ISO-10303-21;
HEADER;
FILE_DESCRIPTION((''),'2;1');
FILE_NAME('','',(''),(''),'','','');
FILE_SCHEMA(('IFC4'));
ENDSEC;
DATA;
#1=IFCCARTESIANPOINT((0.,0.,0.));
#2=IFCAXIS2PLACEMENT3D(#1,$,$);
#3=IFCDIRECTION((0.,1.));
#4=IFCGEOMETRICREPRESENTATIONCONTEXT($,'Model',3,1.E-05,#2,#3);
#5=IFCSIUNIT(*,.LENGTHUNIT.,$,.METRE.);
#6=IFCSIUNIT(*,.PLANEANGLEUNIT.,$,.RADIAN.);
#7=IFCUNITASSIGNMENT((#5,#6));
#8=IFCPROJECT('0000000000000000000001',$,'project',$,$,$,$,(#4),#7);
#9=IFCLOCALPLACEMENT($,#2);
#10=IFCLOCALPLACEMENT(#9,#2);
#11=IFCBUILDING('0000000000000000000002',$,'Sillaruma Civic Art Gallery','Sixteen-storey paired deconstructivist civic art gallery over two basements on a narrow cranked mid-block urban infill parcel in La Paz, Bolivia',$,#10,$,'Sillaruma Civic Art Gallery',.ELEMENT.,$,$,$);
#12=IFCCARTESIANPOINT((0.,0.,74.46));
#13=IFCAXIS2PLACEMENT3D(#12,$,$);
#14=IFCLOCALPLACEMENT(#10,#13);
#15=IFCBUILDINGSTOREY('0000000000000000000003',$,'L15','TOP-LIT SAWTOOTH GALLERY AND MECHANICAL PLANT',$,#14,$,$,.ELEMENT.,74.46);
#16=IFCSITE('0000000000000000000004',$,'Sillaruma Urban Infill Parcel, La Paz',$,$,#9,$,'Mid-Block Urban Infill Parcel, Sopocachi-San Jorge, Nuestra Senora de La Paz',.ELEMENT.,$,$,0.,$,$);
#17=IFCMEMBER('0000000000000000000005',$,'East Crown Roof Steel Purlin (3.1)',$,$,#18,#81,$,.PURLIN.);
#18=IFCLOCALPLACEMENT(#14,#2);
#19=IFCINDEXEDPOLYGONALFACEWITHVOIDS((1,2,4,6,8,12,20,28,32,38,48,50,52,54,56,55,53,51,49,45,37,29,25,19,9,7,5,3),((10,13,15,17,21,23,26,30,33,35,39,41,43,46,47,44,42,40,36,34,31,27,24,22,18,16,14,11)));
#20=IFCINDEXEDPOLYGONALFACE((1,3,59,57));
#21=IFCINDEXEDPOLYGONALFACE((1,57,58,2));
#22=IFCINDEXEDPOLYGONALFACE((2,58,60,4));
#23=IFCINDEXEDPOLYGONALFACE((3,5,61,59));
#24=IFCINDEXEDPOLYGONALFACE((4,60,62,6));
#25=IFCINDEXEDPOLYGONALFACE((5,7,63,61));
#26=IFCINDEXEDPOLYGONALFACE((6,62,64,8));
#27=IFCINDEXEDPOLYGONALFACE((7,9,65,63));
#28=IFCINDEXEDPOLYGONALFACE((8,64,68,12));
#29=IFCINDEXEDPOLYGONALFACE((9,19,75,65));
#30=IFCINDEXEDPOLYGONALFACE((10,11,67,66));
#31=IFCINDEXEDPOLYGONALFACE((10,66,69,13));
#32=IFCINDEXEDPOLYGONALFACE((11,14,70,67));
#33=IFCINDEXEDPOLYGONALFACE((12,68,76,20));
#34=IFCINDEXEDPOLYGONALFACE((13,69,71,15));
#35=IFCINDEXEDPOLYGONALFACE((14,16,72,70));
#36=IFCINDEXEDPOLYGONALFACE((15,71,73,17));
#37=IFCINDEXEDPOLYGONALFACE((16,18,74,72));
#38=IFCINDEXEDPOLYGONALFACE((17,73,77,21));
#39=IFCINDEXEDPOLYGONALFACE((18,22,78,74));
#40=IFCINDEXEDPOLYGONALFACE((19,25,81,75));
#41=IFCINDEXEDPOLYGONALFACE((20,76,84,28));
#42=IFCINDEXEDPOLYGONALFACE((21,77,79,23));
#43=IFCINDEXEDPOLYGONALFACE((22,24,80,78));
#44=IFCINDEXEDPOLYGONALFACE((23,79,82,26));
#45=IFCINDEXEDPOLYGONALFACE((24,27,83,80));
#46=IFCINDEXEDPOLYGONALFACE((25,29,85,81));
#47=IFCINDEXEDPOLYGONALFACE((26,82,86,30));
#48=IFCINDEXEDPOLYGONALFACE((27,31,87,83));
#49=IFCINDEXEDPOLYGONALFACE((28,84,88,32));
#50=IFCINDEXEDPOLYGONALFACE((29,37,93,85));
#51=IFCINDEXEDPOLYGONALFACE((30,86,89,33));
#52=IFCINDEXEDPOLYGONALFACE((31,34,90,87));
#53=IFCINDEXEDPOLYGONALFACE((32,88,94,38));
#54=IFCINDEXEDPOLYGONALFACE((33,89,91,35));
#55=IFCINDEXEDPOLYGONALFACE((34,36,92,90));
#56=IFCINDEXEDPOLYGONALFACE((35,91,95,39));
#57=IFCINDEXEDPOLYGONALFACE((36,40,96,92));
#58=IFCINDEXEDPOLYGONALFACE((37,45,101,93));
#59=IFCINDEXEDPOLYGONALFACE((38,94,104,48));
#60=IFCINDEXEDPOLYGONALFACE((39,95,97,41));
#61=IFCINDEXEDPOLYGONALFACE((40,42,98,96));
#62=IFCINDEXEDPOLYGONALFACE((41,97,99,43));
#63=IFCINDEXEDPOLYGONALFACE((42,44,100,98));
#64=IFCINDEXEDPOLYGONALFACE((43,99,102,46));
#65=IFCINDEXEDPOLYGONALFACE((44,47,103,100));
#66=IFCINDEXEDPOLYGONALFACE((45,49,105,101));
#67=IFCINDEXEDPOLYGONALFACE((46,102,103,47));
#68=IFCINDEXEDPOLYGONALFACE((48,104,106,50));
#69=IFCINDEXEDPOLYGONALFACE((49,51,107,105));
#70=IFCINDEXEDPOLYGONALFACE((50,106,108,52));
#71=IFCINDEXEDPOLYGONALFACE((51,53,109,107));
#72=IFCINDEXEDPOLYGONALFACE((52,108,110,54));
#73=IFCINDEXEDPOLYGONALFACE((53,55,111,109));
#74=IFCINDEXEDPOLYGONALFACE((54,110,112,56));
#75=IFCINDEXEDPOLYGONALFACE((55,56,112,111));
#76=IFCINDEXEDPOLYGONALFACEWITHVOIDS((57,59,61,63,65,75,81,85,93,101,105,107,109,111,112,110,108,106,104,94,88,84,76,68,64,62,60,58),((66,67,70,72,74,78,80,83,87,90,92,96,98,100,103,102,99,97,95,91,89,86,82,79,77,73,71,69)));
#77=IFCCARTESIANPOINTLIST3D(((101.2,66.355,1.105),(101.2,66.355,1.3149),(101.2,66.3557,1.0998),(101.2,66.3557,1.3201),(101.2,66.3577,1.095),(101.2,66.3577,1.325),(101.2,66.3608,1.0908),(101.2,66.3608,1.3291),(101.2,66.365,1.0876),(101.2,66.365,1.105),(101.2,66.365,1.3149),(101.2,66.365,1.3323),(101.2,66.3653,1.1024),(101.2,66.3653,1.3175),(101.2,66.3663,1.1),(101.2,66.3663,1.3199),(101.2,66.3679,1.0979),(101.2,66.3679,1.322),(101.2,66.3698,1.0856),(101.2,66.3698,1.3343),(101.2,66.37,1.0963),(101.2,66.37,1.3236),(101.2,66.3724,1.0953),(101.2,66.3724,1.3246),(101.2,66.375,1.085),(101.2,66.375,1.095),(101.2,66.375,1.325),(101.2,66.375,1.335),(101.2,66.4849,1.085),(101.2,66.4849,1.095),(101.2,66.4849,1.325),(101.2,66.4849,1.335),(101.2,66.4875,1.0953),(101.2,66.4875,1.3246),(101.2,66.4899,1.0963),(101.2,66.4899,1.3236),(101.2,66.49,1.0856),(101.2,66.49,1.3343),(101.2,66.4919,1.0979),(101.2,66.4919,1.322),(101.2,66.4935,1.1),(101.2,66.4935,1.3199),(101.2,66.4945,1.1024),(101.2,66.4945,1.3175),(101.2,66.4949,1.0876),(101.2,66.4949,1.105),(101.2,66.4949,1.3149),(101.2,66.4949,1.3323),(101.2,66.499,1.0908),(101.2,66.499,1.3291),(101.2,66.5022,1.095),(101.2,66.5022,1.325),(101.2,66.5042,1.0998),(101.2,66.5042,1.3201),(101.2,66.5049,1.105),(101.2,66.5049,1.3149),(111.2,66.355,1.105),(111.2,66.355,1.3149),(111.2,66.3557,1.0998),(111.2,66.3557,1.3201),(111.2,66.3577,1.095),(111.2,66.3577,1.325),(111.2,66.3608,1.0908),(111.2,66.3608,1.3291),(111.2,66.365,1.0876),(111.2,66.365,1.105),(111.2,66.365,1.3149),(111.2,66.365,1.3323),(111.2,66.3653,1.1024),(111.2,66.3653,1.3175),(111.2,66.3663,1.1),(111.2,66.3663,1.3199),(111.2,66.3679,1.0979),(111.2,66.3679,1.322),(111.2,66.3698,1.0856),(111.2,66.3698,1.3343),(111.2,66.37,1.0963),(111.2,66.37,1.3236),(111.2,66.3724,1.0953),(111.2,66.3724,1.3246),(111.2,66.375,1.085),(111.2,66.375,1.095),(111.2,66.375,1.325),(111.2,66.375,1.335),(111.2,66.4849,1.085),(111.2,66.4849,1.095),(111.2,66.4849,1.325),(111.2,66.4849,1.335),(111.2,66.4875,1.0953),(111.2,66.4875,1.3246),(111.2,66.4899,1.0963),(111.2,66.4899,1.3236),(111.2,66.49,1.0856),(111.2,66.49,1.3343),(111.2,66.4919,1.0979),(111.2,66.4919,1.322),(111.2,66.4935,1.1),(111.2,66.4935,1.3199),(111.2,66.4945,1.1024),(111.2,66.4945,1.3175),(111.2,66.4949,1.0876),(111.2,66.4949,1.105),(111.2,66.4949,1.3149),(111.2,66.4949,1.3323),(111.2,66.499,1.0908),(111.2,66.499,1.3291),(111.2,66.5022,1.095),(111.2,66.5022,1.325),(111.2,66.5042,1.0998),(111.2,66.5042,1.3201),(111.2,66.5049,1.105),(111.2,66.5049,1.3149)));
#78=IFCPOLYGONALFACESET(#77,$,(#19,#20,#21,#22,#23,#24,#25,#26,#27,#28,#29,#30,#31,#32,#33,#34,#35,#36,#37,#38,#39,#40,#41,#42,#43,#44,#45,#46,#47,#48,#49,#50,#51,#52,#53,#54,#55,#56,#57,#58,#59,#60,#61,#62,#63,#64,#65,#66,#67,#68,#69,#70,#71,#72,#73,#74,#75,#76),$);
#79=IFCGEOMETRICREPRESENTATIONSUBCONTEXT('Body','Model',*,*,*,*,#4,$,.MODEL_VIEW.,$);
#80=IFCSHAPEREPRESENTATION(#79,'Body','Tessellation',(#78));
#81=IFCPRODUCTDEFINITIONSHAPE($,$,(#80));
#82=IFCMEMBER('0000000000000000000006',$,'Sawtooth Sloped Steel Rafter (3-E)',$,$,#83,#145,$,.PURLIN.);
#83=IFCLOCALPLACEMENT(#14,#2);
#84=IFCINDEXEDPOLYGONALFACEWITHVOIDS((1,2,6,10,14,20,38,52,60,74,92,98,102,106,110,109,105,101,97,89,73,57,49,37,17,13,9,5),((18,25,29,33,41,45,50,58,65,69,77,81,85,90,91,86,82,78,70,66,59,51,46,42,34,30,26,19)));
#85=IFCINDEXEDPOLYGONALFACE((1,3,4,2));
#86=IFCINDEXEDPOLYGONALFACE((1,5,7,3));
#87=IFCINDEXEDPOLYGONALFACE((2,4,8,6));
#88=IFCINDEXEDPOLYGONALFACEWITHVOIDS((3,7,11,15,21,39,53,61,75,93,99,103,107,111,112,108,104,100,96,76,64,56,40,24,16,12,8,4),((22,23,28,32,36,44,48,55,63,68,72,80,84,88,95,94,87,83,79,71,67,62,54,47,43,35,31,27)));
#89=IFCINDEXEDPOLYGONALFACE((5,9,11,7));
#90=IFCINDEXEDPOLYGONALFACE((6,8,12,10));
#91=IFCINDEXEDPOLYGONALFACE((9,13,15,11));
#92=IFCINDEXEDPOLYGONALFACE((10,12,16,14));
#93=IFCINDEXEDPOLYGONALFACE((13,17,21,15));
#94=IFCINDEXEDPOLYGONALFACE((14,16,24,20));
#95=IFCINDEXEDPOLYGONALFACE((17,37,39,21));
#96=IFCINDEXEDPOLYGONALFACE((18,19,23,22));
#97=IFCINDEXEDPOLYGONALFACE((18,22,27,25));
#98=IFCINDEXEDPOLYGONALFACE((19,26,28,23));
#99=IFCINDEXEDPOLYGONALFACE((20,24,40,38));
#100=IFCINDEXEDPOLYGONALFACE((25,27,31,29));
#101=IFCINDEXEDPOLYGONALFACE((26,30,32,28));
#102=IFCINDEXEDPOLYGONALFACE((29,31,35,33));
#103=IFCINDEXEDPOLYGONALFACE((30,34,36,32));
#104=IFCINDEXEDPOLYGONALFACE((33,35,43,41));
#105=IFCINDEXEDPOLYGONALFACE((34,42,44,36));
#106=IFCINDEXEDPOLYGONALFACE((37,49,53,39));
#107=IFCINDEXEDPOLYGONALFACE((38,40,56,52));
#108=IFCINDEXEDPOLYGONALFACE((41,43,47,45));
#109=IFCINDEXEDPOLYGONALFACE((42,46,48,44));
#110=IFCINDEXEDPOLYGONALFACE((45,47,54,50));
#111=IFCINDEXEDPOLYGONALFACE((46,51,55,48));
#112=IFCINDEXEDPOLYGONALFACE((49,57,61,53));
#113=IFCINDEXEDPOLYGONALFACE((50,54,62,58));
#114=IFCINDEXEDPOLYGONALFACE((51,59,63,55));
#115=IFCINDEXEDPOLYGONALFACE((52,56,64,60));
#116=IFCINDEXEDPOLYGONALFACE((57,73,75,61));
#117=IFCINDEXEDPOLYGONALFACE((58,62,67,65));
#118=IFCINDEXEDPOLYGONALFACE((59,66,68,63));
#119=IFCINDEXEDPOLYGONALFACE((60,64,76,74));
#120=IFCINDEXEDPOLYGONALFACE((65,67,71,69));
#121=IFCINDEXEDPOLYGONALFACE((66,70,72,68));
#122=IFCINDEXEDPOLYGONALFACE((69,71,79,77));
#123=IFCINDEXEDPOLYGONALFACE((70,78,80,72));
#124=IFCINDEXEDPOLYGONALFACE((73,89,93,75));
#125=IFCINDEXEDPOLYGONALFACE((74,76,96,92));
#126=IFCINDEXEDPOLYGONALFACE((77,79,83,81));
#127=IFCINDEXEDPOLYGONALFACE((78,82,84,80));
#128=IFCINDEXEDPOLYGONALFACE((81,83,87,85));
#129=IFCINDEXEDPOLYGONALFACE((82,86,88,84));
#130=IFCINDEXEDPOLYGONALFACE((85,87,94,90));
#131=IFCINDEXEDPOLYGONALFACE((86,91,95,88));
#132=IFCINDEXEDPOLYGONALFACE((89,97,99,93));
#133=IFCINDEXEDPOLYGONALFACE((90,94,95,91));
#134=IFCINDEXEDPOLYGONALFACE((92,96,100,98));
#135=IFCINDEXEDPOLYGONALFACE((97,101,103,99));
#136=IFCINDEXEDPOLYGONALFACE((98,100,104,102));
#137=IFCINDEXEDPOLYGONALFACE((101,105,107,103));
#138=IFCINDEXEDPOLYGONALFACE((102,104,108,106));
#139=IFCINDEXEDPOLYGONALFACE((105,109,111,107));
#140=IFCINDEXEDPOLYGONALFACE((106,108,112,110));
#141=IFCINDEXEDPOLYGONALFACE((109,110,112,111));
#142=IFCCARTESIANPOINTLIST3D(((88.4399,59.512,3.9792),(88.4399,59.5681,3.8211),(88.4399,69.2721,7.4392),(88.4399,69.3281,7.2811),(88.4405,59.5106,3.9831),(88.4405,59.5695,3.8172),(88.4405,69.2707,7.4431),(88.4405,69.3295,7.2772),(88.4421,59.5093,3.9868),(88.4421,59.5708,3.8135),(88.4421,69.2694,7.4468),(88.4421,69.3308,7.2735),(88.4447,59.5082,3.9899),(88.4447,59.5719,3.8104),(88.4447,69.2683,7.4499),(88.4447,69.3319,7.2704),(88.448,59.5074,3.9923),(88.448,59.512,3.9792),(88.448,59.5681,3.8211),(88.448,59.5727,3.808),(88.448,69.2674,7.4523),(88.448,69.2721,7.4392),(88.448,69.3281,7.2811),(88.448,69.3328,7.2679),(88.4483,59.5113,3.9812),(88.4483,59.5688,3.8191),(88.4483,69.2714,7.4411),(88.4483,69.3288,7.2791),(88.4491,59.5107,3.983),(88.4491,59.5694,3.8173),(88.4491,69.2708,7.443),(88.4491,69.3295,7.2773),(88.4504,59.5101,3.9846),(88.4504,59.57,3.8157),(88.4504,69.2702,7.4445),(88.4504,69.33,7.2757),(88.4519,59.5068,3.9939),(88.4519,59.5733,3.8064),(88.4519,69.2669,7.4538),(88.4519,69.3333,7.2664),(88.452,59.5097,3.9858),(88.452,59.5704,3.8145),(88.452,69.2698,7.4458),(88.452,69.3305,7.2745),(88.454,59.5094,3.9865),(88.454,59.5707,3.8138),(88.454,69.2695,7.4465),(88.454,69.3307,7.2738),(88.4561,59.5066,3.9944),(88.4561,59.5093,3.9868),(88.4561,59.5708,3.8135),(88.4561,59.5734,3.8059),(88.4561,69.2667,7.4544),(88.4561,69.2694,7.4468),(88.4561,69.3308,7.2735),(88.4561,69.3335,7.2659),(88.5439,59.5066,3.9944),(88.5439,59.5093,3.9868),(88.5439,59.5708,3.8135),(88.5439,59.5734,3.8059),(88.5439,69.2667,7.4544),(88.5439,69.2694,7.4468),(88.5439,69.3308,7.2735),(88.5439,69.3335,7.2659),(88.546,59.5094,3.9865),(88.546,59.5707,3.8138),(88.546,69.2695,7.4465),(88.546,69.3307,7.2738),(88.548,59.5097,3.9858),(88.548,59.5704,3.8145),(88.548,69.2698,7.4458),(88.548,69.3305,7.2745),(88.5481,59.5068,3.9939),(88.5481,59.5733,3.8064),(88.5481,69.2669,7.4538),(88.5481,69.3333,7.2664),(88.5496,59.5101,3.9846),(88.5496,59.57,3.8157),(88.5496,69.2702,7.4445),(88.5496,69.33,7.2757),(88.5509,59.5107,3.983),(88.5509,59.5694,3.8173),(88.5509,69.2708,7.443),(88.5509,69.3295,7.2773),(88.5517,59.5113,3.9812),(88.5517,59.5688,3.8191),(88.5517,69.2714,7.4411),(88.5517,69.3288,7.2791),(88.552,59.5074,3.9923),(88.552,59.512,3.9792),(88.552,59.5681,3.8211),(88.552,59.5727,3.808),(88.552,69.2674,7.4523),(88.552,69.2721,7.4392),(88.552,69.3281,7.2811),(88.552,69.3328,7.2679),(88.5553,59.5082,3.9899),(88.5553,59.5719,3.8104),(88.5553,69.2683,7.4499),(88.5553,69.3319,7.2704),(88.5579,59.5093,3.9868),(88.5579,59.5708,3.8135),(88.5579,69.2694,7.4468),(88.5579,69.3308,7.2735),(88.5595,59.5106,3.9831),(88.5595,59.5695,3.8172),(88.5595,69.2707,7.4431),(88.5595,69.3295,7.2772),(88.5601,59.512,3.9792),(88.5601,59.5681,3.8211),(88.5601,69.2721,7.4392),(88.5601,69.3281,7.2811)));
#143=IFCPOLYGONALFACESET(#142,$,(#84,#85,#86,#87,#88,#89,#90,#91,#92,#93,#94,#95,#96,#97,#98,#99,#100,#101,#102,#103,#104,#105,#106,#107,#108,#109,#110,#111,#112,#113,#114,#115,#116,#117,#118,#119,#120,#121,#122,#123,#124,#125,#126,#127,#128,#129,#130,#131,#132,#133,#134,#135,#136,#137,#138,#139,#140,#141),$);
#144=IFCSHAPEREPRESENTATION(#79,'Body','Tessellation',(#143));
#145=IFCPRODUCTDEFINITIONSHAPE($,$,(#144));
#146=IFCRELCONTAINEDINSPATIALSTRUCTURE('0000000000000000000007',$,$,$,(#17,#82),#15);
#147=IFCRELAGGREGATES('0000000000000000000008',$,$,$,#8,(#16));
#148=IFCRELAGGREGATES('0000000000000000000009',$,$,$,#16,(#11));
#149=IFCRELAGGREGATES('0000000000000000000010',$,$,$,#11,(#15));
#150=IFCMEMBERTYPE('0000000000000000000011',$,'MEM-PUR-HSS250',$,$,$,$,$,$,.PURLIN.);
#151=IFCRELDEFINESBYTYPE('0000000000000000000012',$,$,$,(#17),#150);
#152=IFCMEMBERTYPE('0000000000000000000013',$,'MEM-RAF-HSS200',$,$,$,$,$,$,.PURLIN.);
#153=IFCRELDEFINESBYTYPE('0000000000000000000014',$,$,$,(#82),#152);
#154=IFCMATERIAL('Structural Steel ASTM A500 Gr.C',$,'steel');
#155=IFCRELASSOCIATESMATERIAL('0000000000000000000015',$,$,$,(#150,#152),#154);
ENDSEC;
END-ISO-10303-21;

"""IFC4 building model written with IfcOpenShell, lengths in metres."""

from ifc_helpers import new_model, si_unit, direction, frame, origin, origin_2d, place, context, subcontext, project, spatial, hollow_rectangle, extrude, material, material_profile, profile_set, type_object, element, save


model = new_model("IFC4")

# Units and contexts
model_context = context("Model", 3, precision=1e-05, world=origin(), true_north=direction((0.0, 1.0)))
body_context = subcontext(model_context, "Body", "Model", "MODEL_VIEW")
ifc_project = project(units=[si_unit("LENGTHUNIT", "METRE"), si_unit("PLANEANGLEUNIT", "RADIAN")], contexts=[model_context])

# Site, building, storey
site_placement = place(None, origin())
site = spatial("IfcSite", under=ifc_project, at=site_placement, Name="Sillaruma Urban Infill Parcel, La Paz", LongName="Mid-Block Urban Infill Parcel, Sopocachi-San Jorge, Nuestra Senora de La Paz", CompositionType="ELEMENT", RefElevation=0.0)
building_placement = place(site_placement, origin())
building = spatial("IfcBuilding", under=site, at=building_placement, Name="Sillaruma Civic Art Gallery", Description="Sixteen-storey paired deconstructivist civic art gallery over two basements on a narrow cranked mid-block urban infill parcel in La Paz, Bolivia", LongName="Sillaruma Civic Art Gallery", CompositionType="ELEMENT")
storey_placement = place(building_placement, frame((0.0, 0.0, 74.46)))
storey = spatial("IfcBuildingStorey", under=building, at=storey_placement, Name="L15", Description="TOP-LIT SAWTOOTH GALLERY AND MECHANICAL PLANT", CompositionType="ELEMENT", Elevation=74.46)

# Members
ifc_material_1 = material(Name="Structural Steel ASTM A500 Gr.C", Category="steel")
ifc_material_profile_1 = material_profile(ifc_material_1, hollow_rectangle(XDim=0.1499, YDim=0.25, WallThickness=0.01, InnerFilletRadius=0.01, OuterFilletRadius=0.02, at=origin_2d()), Name="HSS250x150x10")
ifc_profile_set_1 = profile_set([ifc_material_profile_1], Name="Structural Steel ASTM A500 Gr.C")
member_type_1 = type_object("IfcMemberType", Name="MEM-PUR-HSS250", PredefinedType="PURLIN", material=ifc_profile_set_1)
member_1_placement = place(storey_placement, frame((101.2, 66.4299, 1.21), z_axis=(1.0, 0.0, 0.0), x_axis=(0.0, 1.0, 0.0)))
element("IfcMember", 1, at=member_1_placement, inside=storey, type_object=member_type_1, Name="East Crown Roof Steel Purlin (3.1)", PredefinedType="PURLIN", context=body_context, shape_type="SweptSolid", body=[
    extrude(hollow_rectangle(XDim=0.1499, YDim=0.25, WallThickness=0.01, InnerFilletRadius=0.01, OuterFilletRadius=0.02, at=origin_2d()), origin(), (0.0, 0.0, 1.0), 10.0),
])
ifc_material_profile_2 = material_profile(ifc_material_1, hollow_rectangle(XDim=0.1201, YDim=0.2, WallThickness=0.0081, InnerFilletRadius=0.0081, OuterFilletRadius=0.0161, at=origin_2d()), Name="HSS200x120x8")
ifc_profile_set_2 = profile_set([ifc_material_profile_2], Name="Structural Steel ASTM A500 Gr.C")
member_type_2 = type_object("IfcMemberType", Name="MEM-RAF-HSS200", PredefinedType="PURLIN", material=ifc_profile_set_2)
member_2_placement = place(storey_placement, frame((88.5, 59.54, 3.9001), z_axis=(0.0, 0.942527, 0.33413), x_axis=(-1.0, 0.0, 0.0)))
element("IfcMember", 2, at=member_2_placement, inside=storey, type_object=member_type_2, Name="Sawtooth Sloped Steel Rafter (3-E)", PredefinedType="PURLIN", context=body_context, shape_type="SweptSolid", body=[
    extrude(hollow_rectangle(XDim=0.1201, YDim=0.2, WallThickness=0.0081, InnerFilletRadius=0.0081, OuterFilletRadius=0.0161, at=origin_2d()), origin(), (0.0, 0.0, 1.0), 10.3552),
])

save(model, "model.ifc")
